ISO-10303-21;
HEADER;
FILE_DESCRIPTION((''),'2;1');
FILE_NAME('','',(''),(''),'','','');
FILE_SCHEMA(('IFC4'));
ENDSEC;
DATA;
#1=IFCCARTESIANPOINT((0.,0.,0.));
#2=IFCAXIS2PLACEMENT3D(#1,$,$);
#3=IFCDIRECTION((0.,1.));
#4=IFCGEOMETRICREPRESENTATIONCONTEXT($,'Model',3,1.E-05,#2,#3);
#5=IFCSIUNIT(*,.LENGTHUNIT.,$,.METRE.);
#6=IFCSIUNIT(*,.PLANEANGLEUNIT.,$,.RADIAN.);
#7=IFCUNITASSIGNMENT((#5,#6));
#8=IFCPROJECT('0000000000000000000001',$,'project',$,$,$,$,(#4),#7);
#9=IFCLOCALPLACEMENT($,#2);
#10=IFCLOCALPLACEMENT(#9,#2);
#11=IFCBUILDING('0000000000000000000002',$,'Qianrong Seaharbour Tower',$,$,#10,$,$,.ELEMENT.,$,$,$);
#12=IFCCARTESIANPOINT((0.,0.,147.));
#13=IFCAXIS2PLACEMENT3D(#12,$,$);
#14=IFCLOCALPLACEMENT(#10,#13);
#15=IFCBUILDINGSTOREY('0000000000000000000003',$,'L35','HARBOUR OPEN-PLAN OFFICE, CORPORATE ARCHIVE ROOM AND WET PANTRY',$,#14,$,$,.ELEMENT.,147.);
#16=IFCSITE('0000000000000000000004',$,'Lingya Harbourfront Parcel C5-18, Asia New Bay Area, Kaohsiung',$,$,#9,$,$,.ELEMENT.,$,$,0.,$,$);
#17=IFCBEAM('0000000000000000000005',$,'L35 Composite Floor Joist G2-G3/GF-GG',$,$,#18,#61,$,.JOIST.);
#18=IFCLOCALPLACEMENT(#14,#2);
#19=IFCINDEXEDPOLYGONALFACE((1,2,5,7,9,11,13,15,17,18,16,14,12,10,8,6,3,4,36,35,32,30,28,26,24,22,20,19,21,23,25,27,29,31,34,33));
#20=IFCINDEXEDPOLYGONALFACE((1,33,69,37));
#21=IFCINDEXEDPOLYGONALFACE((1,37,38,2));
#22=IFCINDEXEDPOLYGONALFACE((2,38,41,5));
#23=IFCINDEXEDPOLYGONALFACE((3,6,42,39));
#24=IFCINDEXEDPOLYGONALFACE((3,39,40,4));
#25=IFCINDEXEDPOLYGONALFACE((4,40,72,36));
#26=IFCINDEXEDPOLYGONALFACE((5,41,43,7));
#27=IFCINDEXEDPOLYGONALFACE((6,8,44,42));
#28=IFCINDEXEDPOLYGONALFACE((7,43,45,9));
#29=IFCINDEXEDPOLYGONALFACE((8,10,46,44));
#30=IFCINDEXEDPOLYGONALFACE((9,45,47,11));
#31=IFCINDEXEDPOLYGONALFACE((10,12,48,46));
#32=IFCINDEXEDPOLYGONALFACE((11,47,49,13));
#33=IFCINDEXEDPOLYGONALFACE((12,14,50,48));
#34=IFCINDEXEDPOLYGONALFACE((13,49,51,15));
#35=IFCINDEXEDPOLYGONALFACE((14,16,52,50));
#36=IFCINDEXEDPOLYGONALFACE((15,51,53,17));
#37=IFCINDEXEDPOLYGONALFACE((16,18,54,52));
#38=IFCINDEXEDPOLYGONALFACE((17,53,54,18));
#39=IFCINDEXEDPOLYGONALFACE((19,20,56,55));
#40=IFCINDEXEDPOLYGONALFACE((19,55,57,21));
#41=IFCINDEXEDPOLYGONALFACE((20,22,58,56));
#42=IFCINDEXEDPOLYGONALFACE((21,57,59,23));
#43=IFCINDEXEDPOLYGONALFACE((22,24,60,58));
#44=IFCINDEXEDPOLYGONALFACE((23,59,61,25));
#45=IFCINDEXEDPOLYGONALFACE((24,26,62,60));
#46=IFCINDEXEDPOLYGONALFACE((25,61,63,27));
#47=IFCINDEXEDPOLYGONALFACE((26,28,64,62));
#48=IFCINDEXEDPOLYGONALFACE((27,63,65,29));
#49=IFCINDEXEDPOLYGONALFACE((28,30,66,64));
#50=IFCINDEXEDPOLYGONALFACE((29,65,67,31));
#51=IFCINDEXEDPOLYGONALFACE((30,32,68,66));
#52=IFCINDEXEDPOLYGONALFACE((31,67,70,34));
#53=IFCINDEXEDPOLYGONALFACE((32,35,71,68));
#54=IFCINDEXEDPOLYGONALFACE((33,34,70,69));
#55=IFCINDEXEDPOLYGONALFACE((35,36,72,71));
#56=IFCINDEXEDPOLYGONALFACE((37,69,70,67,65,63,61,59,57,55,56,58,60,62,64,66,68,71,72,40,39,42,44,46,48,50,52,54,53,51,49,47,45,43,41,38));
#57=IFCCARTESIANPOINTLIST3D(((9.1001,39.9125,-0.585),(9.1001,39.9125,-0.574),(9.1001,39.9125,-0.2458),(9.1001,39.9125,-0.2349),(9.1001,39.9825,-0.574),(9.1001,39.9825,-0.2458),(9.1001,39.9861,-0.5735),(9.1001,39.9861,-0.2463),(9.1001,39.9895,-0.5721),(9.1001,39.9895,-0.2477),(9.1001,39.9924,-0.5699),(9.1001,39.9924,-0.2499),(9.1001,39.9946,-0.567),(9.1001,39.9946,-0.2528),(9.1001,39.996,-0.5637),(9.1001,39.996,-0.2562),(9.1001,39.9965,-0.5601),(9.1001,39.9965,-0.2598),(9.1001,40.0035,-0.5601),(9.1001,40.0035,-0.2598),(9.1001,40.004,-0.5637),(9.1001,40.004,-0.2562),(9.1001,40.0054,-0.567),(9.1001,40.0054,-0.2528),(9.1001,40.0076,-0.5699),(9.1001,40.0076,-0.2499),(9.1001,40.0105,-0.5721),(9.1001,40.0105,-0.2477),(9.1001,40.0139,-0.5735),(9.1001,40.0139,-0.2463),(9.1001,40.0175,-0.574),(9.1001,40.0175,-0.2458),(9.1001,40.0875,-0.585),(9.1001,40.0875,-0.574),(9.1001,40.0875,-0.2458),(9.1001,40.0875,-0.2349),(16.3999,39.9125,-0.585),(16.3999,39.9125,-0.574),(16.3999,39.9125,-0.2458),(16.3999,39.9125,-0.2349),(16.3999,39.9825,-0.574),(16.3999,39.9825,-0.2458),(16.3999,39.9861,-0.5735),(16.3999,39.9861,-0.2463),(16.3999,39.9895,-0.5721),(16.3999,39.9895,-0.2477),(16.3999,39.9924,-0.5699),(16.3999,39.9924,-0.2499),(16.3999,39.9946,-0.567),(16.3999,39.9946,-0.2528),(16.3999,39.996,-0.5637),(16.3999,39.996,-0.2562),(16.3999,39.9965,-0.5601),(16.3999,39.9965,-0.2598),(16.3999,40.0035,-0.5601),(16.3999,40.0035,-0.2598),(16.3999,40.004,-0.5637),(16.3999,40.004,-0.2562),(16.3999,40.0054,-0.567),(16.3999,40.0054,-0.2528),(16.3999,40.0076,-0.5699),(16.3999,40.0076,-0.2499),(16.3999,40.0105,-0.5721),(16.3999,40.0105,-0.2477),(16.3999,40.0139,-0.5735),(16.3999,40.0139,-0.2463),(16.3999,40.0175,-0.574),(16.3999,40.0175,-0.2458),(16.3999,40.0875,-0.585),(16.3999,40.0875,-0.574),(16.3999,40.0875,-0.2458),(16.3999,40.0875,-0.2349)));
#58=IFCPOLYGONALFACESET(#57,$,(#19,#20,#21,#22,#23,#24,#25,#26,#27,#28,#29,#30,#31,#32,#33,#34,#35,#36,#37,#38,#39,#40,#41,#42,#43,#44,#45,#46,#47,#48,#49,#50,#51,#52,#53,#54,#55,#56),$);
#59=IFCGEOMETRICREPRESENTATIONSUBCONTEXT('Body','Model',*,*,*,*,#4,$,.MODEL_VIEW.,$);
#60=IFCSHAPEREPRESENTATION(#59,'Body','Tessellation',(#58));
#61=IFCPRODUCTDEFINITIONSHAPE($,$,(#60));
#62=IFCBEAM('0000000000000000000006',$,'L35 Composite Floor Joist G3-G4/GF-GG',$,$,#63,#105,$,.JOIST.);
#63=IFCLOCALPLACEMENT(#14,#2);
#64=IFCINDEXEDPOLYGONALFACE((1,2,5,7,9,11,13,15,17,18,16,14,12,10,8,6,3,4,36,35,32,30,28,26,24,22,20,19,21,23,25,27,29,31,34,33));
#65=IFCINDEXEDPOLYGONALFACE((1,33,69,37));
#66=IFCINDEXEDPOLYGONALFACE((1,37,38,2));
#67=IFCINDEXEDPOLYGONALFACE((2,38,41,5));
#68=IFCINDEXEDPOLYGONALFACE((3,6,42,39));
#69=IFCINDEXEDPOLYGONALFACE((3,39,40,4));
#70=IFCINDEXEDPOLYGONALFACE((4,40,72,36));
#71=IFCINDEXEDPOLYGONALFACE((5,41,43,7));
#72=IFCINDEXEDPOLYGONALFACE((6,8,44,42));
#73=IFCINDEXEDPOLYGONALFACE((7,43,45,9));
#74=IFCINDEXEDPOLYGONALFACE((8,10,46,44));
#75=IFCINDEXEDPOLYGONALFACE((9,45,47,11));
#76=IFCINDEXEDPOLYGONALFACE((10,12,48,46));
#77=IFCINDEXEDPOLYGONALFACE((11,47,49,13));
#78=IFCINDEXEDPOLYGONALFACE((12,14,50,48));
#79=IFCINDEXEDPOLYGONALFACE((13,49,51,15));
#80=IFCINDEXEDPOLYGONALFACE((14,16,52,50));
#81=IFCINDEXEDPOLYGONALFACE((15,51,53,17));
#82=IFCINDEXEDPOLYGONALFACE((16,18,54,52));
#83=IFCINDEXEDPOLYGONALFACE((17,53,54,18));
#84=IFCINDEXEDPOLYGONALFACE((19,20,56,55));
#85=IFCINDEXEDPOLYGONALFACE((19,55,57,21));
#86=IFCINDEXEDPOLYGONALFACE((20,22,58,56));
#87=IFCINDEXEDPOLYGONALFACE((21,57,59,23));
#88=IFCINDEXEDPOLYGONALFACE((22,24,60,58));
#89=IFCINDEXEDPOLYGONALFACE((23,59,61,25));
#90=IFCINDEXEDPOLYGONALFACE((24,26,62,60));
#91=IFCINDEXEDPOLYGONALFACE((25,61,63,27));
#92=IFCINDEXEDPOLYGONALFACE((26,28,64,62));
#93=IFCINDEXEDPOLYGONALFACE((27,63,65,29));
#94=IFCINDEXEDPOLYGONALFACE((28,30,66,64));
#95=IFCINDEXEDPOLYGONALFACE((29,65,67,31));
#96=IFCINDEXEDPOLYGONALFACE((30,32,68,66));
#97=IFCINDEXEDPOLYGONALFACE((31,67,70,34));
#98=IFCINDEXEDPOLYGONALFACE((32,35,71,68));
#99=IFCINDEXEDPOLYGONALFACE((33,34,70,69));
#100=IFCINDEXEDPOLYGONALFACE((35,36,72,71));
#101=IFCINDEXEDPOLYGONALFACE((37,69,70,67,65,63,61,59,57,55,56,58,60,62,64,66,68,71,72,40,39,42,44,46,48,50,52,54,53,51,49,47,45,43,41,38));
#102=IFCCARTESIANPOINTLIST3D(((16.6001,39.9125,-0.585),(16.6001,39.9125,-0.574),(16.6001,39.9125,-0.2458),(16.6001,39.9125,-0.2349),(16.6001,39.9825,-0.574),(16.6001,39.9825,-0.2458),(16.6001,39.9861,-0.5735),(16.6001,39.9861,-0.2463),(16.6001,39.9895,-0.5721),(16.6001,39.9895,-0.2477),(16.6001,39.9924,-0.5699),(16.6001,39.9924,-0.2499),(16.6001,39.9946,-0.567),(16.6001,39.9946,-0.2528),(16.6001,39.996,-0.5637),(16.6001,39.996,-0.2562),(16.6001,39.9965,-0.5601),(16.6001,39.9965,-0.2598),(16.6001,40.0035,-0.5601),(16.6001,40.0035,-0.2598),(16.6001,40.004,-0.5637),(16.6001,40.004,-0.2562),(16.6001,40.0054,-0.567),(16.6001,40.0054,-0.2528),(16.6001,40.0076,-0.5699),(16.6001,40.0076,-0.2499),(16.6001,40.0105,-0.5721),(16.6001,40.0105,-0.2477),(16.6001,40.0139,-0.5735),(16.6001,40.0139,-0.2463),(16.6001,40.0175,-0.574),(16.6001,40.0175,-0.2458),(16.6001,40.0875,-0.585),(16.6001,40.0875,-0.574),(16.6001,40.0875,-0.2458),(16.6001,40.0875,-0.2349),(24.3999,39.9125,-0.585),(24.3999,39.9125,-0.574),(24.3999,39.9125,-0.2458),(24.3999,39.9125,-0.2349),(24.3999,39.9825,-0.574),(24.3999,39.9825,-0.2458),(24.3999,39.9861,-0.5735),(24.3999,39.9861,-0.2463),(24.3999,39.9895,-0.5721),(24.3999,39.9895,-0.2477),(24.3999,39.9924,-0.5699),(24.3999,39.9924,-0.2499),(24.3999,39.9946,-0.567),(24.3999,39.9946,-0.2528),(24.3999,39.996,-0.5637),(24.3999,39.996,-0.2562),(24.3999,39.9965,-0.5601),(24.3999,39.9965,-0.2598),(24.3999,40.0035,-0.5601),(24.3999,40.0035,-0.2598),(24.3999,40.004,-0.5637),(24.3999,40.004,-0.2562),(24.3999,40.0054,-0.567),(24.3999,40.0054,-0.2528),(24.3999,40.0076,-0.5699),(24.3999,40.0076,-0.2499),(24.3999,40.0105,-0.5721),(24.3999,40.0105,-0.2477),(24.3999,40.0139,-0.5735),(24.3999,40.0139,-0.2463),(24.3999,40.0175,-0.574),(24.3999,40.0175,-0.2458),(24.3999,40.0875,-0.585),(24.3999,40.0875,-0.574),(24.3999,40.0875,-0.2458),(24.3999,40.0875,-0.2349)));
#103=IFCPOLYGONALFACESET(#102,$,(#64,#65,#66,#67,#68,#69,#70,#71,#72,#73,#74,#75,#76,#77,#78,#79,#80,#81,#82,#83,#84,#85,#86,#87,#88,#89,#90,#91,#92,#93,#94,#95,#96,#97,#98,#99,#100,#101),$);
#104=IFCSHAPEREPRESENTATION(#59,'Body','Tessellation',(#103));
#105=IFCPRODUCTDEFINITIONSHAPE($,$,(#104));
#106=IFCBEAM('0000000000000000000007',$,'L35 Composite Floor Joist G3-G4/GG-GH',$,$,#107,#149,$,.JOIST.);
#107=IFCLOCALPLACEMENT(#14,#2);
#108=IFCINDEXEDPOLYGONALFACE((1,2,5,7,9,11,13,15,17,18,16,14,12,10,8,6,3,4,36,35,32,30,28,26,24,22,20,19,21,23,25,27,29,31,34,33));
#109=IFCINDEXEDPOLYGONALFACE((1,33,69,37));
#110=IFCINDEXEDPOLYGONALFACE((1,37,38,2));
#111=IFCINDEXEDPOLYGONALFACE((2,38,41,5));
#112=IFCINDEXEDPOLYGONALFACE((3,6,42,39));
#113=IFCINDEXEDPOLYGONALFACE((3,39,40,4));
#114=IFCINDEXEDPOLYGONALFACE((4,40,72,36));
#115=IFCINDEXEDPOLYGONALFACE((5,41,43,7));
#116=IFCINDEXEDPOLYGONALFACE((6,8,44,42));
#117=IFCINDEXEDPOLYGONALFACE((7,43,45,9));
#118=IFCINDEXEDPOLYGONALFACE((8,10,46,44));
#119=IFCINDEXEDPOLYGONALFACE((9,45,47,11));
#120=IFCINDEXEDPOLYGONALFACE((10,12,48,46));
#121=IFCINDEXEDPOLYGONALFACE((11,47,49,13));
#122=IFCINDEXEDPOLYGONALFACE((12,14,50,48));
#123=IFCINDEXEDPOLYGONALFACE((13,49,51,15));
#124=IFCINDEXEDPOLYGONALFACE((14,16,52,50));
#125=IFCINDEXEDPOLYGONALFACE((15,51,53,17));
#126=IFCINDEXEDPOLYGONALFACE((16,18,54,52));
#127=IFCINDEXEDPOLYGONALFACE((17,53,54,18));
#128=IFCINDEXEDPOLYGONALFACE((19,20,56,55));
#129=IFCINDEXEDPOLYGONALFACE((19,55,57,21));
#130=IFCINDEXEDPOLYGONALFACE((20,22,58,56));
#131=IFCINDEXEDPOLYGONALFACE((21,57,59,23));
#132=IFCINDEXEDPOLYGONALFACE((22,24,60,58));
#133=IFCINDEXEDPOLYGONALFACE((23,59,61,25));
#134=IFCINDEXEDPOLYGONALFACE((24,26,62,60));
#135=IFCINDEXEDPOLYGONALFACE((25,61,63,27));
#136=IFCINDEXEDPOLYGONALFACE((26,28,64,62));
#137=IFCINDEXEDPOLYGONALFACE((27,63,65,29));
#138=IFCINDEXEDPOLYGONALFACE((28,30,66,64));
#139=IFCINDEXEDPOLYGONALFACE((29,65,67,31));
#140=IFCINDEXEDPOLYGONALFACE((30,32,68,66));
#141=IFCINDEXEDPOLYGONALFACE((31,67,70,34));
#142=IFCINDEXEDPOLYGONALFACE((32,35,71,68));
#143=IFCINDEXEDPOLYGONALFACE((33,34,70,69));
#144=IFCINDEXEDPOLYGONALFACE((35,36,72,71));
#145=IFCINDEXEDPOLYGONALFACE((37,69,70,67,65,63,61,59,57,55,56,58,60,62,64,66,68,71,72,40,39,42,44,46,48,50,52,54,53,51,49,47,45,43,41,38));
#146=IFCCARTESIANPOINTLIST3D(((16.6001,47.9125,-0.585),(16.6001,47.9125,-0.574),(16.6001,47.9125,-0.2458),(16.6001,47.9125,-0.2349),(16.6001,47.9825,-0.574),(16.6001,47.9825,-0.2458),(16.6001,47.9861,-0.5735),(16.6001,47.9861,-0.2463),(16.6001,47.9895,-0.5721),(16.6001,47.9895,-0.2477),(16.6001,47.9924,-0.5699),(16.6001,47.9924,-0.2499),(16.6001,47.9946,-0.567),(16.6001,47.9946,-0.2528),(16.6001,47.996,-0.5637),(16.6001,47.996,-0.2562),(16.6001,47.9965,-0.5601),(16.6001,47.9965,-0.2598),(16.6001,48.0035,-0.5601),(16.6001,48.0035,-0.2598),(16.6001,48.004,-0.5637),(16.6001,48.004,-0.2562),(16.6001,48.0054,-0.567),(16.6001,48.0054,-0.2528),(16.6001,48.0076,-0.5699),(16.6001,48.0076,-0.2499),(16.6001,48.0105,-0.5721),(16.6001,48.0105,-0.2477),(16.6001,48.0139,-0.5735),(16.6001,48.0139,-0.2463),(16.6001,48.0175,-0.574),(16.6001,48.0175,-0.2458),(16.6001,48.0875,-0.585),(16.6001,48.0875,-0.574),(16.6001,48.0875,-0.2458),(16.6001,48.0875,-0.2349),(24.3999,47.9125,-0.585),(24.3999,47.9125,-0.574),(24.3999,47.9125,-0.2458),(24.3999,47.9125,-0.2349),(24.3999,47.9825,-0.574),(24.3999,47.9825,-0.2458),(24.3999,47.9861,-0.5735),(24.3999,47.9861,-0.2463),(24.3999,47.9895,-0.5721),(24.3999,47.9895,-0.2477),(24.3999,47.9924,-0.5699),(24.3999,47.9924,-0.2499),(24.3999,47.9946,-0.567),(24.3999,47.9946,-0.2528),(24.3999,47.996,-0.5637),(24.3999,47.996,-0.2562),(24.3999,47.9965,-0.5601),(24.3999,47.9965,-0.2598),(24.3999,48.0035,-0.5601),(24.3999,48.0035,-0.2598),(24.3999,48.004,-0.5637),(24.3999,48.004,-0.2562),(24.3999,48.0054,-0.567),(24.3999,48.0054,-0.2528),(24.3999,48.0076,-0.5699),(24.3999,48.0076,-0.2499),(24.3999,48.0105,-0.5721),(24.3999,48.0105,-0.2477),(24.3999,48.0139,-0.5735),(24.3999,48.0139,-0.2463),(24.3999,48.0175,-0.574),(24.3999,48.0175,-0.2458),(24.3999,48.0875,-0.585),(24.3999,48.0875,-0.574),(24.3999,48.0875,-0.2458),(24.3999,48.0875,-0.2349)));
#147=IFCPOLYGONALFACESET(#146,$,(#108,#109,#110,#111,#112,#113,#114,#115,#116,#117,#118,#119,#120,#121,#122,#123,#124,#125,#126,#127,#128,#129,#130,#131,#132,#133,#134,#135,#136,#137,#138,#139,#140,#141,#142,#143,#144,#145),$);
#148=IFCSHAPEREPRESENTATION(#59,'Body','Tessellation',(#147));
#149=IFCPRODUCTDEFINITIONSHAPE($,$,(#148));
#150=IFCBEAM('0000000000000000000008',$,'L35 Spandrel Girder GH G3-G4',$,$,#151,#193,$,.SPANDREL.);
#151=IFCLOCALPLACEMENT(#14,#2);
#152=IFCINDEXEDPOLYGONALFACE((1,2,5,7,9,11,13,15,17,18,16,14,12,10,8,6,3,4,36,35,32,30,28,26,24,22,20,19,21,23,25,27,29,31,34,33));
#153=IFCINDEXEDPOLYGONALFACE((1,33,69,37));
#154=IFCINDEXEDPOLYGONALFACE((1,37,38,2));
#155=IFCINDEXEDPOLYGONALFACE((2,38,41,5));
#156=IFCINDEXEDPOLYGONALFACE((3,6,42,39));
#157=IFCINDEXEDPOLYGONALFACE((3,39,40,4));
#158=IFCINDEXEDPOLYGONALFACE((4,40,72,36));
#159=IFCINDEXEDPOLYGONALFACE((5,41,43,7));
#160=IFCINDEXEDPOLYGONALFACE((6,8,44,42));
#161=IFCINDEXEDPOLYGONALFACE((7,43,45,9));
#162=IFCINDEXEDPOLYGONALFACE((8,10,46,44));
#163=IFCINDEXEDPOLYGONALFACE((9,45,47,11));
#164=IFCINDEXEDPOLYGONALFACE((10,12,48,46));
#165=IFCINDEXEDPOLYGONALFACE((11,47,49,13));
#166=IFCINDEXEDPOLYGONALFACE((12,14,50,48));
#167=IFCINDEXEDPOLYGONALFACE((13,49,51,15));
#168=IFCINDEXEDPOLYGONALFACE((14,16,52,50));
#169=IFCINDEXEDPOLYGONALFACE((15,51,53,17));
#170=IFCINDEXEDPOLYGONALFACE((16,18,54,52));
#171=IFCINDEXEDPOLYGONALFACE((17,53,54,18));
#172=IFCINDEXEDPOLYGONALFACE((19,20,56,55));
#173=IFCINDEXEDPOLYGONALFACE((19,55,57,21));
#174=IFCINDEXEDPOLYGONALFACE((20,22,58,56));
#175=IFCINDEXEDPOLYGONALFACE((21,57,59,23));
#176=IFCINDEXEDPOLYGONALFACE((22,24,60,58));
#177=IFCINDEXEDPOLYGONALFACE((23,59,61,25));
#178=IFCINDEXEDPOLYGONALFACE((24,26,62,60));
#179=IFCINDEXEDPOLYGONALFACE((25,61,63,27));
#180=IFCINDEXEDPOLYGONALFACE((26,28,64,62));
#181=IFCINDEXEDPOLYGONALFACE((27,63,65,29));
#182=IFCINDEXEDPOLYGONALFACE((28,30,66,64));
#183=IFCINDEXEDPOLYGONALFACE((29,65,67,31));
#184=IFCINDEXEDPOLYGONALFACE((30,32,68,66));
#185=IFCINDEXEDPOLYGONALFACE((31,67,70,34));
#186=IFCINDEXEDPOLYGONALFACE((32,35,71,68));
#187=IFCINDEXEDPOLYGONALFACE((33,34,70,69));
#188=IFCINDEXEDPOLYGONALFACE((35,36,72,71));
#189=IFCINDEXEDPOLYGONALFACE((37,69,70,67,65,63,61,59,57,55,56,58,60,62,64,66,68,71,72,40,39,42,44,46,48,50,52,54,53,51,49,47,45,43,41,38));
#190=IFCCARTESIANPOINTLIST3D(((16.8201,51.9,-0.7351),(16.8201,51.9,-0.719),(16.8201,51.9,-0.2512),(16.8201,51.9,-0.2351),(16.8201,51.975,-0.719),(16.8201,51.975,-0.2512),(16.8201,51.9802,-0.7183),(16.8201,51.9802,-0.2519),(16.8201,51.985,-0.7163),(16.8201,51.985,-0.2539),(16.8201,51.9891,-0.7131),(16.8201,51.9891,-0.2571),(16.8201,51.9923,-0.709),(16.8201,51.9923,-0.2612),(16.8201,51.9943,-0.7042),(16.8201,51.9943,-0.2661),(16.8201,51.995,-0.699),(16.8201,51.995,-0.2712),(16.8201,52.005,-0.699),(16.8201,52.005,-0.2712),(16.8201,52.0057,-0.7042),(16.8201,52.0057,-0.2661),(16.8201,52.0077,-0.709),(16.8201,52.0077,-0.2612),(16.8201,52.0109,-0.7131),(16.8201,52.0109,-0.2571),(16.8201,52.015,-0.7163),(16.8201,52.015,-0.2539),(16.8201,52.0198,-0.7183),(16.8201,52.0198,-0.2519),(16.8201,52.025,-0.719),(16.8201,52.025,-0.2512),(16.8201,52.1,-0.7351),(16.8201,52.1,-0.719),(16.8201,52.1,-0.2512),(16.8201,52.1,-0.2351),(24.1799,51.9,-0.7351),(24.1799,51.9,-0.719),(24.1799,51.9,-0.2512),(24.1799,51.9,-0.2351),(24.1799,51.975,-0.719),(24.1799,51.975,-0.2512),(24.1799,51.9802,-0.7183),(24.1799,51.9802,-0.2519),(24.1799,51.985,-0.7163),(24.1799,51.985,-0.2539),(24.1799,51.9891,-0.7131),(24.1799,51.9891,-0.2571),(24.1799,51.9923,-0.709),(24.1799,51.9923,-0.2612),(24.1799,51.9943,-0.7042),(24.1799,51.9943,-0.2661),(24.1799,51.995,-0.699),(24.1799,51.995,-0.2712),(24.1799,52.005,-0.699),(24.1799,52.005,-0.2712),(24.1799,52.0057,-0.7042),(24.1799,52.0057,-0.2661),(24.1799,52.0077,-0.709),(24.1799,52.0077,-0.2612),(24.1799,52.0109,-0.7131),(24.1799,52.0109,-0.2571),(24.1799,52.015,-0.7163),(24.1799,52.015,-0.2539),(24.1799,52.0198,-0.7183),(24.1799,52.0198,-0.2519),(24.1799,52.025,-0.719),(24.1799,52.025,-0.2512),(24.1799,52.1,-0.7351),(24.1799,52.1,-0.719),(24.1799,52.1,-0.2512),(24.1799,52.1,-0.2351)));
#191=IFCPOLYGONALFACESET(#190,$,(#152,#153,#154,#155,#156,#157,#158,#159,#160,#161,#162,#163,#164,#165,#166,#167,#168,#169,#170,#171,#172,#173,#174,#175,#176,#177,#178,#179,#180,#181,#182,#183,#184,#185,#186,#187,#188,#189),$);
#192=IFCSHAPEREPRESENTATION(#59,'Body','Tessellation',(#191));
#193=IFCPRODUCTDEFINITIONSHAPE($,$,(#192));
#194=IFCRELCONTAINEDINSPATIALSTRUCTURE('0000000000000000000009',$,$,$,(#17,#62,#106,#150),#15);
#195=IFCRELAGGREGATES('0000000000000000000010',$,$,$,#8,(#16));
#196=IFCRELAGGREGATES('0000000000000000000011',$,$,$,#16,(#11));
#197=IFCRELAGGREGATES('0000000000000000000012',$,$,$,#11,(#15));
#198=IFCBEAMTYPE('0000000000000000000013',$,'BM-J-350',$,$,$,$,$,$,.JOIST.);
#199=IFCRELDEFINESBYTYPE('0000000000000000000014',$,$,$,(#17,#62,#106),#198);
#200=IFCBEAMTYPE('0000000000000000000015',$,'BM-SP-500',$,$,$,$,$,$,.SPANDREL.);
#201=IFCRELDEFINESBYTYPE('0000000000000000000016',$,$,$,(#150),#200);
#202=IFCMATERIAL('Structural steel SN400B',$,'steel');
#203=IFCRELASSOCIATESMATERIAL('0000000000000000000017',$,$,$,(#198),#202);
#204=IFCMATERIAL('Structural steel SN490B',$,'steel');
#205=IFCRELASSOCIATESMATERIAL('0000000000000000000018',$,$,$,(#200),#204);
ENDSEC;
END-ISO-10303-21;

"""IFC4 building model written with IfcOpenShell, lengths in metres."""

from ifc_helpers import new_model, si_unit, direction, frame, origin, origin_2d, place, context, subcontext, project, spatial, i_section, extrude, material, material_profile, profile_set, type_object, element, save


model = new_model("IFC4")

# Units and contexts
model_context = context("Model", 3, precision=1e-05, world=origin(), true_north=direction((0.0, 1.0)))
body_context = subcontext(model_context, "Body", "Model", "MODEL_VIEW")
ifc_project = project(units=[si_unit("LENGTHUNIT", "METRE"), si_unit("PLANEANGLEUNIT", "RADIAN")], contexts=[model_context])

# Site, building, storey
site_placement = place(None, origin())
site = spatial("IfcSite", under=ifc_project, at=site_placement, Name="Lingya Harbourfront Parcel C5-18, Asia New Bay Area, Kaohsiung", CompositionType="ELEMENT", RefElevation=0.0)
building_placement = place(site_placement, origin())
building = spatial("IfcBuilding", under=site, at=building_placement, Name="Qianrong Seaharbour Tower", CompositionType="ELEMENT")
storey_placement = place(building_placement, frame((0.0, 0.0, 147.0)))
storey = spatial("IfcBuildingStorey", under=building, at=storey_placement, Name="L35", Description="HARBOUR OPEN-PLAN OFFICE, CORPORATE ARCHIVE ROOM AND WET PANTRY", CompositionType="ELEMENT", Elevation=147.0)

# Shared definitions
ifc_material_1 = material(Name="Structural steel SN490B", Category="steel")

# Beams
ifc_material_2 = material(Name="Structural steel SN400B", Category="steel")
ifc_material_profile_1 = material_profile(ifc_material_2, i_section(OverallWidth=0.175, OverallDepth=0.3501, WebThickness=0.0071, FlangeThickness=0.011, FilletRadius=0.0139, at=origin_2d()), Name="H350x175x7x11")
ifc_profile_set_1 = profile_set([ifc_material_profile_1], Name="Structural steel SN400B")
beam_type_1 = type_object("IfcBeamType", Name="BM-J-350", PredefinedType="JOIST", material=ifc_profile_set_1)
beam_1_placement = place(storey_placement, frame((9.1001, 40.0, -0.4099), z_axis=(1.0, 0.0, 0.0), x_axis=(0.0, 1.0, 0.0)))
element("IfcBeam", 1, at=beam_1_placement, inside=storey, type_object=beam_type_1, Name="L35 Composite Floor Joist G2-G3/GF-GG", PredefinedType="JOIST", context=body_context, shape_type="SweptSolid", body=[
    extrude(i_section(OverallWidth=0.175, OverallDepth=0.3501, WebThickness=0.0071, FlangeThickness=0.011, FilletRadius=0.0139, at=origin_2d()), origin(), (0.0, 0.0, 1.0), 7.2998),
])
for number, where, z_axis, x_axis, name in (
    (2, (16.6001, 40.0, -0.4099), (1.0, 0.0, 0.0), (0.0, 1.0, 0.0), "L35 Composite Floor Joist G3-G4/GF-GG"),
    (3, (16.6001, 48.0, -0.4099), (1.0, 0.0, 0.0), (0.0, 1.0, 0.0), "L35 Composite Floor Joist G3-G4/GG-GH"),
):
    element("IfcBeam", number, at=place(storey_placement, frame(where, z_axis=z_axis, x_axis=x_axis)), inside=storey, type_object=beam_type_1, Name=name, PredefinedType="JOIST", context=body_context, shape_type="SweptSolid", body=[
        extrude(i_section(OverallWidth=0.175, OverallDepth=0.3501, WebThickness=0.0071, FlangeThickness=0.011, FilletRadius=0.0139, at=origin_2d()), origin(), (0.0, 0.0, 1.0), 7.7998),
    ])
ifc_material_profile_2 = material_profile(ifc_material_1, i_section(OverallWidth=0.2, OverallDepth=0.5, WebThickness=0.01, FlangeThickness=0.0161, FilletRadius=0.02, at=origin_2d()), Name="H500x200x10x16")
ifc_profile_set_2 = profile_set([ifc_material_profile_2], Name="Structural steel SN490B")
beam_type_2 = type_object("IfcBeamType", Name="BM-SP-500", PredefinedType="SPANDREL", material=ifc_profile_set_2)
for number, where, z_axis, x_axis, name in (
    (4, (16.8201, 52.0, -0.4851), (1.0, 0.0, 0.0), (0.0, 1.0, 0.0), "L35 Spandrel Girder GH G3-G4"),
):
    element("IfcBeam", number, at=place(storey_placement, frame(where, z_axis=z_axis, x_axis=x_axis)), inside=storey, type_object=beam_type_2, Name=name, PredefinedType="SPANDREL", context=body_context, shape_type="SweptSolid", body=[
        extrude(i_section(OverallWidth=0.2, OverallDepth=0.5, WebThickness=0.01, FlangeThickness=0.0161, FilletRadius=0.02, at=origin_2d()), origin(), (0.0, 0.0, 1.0), 7.3599),
    ])

save(model, "model.ifc")
